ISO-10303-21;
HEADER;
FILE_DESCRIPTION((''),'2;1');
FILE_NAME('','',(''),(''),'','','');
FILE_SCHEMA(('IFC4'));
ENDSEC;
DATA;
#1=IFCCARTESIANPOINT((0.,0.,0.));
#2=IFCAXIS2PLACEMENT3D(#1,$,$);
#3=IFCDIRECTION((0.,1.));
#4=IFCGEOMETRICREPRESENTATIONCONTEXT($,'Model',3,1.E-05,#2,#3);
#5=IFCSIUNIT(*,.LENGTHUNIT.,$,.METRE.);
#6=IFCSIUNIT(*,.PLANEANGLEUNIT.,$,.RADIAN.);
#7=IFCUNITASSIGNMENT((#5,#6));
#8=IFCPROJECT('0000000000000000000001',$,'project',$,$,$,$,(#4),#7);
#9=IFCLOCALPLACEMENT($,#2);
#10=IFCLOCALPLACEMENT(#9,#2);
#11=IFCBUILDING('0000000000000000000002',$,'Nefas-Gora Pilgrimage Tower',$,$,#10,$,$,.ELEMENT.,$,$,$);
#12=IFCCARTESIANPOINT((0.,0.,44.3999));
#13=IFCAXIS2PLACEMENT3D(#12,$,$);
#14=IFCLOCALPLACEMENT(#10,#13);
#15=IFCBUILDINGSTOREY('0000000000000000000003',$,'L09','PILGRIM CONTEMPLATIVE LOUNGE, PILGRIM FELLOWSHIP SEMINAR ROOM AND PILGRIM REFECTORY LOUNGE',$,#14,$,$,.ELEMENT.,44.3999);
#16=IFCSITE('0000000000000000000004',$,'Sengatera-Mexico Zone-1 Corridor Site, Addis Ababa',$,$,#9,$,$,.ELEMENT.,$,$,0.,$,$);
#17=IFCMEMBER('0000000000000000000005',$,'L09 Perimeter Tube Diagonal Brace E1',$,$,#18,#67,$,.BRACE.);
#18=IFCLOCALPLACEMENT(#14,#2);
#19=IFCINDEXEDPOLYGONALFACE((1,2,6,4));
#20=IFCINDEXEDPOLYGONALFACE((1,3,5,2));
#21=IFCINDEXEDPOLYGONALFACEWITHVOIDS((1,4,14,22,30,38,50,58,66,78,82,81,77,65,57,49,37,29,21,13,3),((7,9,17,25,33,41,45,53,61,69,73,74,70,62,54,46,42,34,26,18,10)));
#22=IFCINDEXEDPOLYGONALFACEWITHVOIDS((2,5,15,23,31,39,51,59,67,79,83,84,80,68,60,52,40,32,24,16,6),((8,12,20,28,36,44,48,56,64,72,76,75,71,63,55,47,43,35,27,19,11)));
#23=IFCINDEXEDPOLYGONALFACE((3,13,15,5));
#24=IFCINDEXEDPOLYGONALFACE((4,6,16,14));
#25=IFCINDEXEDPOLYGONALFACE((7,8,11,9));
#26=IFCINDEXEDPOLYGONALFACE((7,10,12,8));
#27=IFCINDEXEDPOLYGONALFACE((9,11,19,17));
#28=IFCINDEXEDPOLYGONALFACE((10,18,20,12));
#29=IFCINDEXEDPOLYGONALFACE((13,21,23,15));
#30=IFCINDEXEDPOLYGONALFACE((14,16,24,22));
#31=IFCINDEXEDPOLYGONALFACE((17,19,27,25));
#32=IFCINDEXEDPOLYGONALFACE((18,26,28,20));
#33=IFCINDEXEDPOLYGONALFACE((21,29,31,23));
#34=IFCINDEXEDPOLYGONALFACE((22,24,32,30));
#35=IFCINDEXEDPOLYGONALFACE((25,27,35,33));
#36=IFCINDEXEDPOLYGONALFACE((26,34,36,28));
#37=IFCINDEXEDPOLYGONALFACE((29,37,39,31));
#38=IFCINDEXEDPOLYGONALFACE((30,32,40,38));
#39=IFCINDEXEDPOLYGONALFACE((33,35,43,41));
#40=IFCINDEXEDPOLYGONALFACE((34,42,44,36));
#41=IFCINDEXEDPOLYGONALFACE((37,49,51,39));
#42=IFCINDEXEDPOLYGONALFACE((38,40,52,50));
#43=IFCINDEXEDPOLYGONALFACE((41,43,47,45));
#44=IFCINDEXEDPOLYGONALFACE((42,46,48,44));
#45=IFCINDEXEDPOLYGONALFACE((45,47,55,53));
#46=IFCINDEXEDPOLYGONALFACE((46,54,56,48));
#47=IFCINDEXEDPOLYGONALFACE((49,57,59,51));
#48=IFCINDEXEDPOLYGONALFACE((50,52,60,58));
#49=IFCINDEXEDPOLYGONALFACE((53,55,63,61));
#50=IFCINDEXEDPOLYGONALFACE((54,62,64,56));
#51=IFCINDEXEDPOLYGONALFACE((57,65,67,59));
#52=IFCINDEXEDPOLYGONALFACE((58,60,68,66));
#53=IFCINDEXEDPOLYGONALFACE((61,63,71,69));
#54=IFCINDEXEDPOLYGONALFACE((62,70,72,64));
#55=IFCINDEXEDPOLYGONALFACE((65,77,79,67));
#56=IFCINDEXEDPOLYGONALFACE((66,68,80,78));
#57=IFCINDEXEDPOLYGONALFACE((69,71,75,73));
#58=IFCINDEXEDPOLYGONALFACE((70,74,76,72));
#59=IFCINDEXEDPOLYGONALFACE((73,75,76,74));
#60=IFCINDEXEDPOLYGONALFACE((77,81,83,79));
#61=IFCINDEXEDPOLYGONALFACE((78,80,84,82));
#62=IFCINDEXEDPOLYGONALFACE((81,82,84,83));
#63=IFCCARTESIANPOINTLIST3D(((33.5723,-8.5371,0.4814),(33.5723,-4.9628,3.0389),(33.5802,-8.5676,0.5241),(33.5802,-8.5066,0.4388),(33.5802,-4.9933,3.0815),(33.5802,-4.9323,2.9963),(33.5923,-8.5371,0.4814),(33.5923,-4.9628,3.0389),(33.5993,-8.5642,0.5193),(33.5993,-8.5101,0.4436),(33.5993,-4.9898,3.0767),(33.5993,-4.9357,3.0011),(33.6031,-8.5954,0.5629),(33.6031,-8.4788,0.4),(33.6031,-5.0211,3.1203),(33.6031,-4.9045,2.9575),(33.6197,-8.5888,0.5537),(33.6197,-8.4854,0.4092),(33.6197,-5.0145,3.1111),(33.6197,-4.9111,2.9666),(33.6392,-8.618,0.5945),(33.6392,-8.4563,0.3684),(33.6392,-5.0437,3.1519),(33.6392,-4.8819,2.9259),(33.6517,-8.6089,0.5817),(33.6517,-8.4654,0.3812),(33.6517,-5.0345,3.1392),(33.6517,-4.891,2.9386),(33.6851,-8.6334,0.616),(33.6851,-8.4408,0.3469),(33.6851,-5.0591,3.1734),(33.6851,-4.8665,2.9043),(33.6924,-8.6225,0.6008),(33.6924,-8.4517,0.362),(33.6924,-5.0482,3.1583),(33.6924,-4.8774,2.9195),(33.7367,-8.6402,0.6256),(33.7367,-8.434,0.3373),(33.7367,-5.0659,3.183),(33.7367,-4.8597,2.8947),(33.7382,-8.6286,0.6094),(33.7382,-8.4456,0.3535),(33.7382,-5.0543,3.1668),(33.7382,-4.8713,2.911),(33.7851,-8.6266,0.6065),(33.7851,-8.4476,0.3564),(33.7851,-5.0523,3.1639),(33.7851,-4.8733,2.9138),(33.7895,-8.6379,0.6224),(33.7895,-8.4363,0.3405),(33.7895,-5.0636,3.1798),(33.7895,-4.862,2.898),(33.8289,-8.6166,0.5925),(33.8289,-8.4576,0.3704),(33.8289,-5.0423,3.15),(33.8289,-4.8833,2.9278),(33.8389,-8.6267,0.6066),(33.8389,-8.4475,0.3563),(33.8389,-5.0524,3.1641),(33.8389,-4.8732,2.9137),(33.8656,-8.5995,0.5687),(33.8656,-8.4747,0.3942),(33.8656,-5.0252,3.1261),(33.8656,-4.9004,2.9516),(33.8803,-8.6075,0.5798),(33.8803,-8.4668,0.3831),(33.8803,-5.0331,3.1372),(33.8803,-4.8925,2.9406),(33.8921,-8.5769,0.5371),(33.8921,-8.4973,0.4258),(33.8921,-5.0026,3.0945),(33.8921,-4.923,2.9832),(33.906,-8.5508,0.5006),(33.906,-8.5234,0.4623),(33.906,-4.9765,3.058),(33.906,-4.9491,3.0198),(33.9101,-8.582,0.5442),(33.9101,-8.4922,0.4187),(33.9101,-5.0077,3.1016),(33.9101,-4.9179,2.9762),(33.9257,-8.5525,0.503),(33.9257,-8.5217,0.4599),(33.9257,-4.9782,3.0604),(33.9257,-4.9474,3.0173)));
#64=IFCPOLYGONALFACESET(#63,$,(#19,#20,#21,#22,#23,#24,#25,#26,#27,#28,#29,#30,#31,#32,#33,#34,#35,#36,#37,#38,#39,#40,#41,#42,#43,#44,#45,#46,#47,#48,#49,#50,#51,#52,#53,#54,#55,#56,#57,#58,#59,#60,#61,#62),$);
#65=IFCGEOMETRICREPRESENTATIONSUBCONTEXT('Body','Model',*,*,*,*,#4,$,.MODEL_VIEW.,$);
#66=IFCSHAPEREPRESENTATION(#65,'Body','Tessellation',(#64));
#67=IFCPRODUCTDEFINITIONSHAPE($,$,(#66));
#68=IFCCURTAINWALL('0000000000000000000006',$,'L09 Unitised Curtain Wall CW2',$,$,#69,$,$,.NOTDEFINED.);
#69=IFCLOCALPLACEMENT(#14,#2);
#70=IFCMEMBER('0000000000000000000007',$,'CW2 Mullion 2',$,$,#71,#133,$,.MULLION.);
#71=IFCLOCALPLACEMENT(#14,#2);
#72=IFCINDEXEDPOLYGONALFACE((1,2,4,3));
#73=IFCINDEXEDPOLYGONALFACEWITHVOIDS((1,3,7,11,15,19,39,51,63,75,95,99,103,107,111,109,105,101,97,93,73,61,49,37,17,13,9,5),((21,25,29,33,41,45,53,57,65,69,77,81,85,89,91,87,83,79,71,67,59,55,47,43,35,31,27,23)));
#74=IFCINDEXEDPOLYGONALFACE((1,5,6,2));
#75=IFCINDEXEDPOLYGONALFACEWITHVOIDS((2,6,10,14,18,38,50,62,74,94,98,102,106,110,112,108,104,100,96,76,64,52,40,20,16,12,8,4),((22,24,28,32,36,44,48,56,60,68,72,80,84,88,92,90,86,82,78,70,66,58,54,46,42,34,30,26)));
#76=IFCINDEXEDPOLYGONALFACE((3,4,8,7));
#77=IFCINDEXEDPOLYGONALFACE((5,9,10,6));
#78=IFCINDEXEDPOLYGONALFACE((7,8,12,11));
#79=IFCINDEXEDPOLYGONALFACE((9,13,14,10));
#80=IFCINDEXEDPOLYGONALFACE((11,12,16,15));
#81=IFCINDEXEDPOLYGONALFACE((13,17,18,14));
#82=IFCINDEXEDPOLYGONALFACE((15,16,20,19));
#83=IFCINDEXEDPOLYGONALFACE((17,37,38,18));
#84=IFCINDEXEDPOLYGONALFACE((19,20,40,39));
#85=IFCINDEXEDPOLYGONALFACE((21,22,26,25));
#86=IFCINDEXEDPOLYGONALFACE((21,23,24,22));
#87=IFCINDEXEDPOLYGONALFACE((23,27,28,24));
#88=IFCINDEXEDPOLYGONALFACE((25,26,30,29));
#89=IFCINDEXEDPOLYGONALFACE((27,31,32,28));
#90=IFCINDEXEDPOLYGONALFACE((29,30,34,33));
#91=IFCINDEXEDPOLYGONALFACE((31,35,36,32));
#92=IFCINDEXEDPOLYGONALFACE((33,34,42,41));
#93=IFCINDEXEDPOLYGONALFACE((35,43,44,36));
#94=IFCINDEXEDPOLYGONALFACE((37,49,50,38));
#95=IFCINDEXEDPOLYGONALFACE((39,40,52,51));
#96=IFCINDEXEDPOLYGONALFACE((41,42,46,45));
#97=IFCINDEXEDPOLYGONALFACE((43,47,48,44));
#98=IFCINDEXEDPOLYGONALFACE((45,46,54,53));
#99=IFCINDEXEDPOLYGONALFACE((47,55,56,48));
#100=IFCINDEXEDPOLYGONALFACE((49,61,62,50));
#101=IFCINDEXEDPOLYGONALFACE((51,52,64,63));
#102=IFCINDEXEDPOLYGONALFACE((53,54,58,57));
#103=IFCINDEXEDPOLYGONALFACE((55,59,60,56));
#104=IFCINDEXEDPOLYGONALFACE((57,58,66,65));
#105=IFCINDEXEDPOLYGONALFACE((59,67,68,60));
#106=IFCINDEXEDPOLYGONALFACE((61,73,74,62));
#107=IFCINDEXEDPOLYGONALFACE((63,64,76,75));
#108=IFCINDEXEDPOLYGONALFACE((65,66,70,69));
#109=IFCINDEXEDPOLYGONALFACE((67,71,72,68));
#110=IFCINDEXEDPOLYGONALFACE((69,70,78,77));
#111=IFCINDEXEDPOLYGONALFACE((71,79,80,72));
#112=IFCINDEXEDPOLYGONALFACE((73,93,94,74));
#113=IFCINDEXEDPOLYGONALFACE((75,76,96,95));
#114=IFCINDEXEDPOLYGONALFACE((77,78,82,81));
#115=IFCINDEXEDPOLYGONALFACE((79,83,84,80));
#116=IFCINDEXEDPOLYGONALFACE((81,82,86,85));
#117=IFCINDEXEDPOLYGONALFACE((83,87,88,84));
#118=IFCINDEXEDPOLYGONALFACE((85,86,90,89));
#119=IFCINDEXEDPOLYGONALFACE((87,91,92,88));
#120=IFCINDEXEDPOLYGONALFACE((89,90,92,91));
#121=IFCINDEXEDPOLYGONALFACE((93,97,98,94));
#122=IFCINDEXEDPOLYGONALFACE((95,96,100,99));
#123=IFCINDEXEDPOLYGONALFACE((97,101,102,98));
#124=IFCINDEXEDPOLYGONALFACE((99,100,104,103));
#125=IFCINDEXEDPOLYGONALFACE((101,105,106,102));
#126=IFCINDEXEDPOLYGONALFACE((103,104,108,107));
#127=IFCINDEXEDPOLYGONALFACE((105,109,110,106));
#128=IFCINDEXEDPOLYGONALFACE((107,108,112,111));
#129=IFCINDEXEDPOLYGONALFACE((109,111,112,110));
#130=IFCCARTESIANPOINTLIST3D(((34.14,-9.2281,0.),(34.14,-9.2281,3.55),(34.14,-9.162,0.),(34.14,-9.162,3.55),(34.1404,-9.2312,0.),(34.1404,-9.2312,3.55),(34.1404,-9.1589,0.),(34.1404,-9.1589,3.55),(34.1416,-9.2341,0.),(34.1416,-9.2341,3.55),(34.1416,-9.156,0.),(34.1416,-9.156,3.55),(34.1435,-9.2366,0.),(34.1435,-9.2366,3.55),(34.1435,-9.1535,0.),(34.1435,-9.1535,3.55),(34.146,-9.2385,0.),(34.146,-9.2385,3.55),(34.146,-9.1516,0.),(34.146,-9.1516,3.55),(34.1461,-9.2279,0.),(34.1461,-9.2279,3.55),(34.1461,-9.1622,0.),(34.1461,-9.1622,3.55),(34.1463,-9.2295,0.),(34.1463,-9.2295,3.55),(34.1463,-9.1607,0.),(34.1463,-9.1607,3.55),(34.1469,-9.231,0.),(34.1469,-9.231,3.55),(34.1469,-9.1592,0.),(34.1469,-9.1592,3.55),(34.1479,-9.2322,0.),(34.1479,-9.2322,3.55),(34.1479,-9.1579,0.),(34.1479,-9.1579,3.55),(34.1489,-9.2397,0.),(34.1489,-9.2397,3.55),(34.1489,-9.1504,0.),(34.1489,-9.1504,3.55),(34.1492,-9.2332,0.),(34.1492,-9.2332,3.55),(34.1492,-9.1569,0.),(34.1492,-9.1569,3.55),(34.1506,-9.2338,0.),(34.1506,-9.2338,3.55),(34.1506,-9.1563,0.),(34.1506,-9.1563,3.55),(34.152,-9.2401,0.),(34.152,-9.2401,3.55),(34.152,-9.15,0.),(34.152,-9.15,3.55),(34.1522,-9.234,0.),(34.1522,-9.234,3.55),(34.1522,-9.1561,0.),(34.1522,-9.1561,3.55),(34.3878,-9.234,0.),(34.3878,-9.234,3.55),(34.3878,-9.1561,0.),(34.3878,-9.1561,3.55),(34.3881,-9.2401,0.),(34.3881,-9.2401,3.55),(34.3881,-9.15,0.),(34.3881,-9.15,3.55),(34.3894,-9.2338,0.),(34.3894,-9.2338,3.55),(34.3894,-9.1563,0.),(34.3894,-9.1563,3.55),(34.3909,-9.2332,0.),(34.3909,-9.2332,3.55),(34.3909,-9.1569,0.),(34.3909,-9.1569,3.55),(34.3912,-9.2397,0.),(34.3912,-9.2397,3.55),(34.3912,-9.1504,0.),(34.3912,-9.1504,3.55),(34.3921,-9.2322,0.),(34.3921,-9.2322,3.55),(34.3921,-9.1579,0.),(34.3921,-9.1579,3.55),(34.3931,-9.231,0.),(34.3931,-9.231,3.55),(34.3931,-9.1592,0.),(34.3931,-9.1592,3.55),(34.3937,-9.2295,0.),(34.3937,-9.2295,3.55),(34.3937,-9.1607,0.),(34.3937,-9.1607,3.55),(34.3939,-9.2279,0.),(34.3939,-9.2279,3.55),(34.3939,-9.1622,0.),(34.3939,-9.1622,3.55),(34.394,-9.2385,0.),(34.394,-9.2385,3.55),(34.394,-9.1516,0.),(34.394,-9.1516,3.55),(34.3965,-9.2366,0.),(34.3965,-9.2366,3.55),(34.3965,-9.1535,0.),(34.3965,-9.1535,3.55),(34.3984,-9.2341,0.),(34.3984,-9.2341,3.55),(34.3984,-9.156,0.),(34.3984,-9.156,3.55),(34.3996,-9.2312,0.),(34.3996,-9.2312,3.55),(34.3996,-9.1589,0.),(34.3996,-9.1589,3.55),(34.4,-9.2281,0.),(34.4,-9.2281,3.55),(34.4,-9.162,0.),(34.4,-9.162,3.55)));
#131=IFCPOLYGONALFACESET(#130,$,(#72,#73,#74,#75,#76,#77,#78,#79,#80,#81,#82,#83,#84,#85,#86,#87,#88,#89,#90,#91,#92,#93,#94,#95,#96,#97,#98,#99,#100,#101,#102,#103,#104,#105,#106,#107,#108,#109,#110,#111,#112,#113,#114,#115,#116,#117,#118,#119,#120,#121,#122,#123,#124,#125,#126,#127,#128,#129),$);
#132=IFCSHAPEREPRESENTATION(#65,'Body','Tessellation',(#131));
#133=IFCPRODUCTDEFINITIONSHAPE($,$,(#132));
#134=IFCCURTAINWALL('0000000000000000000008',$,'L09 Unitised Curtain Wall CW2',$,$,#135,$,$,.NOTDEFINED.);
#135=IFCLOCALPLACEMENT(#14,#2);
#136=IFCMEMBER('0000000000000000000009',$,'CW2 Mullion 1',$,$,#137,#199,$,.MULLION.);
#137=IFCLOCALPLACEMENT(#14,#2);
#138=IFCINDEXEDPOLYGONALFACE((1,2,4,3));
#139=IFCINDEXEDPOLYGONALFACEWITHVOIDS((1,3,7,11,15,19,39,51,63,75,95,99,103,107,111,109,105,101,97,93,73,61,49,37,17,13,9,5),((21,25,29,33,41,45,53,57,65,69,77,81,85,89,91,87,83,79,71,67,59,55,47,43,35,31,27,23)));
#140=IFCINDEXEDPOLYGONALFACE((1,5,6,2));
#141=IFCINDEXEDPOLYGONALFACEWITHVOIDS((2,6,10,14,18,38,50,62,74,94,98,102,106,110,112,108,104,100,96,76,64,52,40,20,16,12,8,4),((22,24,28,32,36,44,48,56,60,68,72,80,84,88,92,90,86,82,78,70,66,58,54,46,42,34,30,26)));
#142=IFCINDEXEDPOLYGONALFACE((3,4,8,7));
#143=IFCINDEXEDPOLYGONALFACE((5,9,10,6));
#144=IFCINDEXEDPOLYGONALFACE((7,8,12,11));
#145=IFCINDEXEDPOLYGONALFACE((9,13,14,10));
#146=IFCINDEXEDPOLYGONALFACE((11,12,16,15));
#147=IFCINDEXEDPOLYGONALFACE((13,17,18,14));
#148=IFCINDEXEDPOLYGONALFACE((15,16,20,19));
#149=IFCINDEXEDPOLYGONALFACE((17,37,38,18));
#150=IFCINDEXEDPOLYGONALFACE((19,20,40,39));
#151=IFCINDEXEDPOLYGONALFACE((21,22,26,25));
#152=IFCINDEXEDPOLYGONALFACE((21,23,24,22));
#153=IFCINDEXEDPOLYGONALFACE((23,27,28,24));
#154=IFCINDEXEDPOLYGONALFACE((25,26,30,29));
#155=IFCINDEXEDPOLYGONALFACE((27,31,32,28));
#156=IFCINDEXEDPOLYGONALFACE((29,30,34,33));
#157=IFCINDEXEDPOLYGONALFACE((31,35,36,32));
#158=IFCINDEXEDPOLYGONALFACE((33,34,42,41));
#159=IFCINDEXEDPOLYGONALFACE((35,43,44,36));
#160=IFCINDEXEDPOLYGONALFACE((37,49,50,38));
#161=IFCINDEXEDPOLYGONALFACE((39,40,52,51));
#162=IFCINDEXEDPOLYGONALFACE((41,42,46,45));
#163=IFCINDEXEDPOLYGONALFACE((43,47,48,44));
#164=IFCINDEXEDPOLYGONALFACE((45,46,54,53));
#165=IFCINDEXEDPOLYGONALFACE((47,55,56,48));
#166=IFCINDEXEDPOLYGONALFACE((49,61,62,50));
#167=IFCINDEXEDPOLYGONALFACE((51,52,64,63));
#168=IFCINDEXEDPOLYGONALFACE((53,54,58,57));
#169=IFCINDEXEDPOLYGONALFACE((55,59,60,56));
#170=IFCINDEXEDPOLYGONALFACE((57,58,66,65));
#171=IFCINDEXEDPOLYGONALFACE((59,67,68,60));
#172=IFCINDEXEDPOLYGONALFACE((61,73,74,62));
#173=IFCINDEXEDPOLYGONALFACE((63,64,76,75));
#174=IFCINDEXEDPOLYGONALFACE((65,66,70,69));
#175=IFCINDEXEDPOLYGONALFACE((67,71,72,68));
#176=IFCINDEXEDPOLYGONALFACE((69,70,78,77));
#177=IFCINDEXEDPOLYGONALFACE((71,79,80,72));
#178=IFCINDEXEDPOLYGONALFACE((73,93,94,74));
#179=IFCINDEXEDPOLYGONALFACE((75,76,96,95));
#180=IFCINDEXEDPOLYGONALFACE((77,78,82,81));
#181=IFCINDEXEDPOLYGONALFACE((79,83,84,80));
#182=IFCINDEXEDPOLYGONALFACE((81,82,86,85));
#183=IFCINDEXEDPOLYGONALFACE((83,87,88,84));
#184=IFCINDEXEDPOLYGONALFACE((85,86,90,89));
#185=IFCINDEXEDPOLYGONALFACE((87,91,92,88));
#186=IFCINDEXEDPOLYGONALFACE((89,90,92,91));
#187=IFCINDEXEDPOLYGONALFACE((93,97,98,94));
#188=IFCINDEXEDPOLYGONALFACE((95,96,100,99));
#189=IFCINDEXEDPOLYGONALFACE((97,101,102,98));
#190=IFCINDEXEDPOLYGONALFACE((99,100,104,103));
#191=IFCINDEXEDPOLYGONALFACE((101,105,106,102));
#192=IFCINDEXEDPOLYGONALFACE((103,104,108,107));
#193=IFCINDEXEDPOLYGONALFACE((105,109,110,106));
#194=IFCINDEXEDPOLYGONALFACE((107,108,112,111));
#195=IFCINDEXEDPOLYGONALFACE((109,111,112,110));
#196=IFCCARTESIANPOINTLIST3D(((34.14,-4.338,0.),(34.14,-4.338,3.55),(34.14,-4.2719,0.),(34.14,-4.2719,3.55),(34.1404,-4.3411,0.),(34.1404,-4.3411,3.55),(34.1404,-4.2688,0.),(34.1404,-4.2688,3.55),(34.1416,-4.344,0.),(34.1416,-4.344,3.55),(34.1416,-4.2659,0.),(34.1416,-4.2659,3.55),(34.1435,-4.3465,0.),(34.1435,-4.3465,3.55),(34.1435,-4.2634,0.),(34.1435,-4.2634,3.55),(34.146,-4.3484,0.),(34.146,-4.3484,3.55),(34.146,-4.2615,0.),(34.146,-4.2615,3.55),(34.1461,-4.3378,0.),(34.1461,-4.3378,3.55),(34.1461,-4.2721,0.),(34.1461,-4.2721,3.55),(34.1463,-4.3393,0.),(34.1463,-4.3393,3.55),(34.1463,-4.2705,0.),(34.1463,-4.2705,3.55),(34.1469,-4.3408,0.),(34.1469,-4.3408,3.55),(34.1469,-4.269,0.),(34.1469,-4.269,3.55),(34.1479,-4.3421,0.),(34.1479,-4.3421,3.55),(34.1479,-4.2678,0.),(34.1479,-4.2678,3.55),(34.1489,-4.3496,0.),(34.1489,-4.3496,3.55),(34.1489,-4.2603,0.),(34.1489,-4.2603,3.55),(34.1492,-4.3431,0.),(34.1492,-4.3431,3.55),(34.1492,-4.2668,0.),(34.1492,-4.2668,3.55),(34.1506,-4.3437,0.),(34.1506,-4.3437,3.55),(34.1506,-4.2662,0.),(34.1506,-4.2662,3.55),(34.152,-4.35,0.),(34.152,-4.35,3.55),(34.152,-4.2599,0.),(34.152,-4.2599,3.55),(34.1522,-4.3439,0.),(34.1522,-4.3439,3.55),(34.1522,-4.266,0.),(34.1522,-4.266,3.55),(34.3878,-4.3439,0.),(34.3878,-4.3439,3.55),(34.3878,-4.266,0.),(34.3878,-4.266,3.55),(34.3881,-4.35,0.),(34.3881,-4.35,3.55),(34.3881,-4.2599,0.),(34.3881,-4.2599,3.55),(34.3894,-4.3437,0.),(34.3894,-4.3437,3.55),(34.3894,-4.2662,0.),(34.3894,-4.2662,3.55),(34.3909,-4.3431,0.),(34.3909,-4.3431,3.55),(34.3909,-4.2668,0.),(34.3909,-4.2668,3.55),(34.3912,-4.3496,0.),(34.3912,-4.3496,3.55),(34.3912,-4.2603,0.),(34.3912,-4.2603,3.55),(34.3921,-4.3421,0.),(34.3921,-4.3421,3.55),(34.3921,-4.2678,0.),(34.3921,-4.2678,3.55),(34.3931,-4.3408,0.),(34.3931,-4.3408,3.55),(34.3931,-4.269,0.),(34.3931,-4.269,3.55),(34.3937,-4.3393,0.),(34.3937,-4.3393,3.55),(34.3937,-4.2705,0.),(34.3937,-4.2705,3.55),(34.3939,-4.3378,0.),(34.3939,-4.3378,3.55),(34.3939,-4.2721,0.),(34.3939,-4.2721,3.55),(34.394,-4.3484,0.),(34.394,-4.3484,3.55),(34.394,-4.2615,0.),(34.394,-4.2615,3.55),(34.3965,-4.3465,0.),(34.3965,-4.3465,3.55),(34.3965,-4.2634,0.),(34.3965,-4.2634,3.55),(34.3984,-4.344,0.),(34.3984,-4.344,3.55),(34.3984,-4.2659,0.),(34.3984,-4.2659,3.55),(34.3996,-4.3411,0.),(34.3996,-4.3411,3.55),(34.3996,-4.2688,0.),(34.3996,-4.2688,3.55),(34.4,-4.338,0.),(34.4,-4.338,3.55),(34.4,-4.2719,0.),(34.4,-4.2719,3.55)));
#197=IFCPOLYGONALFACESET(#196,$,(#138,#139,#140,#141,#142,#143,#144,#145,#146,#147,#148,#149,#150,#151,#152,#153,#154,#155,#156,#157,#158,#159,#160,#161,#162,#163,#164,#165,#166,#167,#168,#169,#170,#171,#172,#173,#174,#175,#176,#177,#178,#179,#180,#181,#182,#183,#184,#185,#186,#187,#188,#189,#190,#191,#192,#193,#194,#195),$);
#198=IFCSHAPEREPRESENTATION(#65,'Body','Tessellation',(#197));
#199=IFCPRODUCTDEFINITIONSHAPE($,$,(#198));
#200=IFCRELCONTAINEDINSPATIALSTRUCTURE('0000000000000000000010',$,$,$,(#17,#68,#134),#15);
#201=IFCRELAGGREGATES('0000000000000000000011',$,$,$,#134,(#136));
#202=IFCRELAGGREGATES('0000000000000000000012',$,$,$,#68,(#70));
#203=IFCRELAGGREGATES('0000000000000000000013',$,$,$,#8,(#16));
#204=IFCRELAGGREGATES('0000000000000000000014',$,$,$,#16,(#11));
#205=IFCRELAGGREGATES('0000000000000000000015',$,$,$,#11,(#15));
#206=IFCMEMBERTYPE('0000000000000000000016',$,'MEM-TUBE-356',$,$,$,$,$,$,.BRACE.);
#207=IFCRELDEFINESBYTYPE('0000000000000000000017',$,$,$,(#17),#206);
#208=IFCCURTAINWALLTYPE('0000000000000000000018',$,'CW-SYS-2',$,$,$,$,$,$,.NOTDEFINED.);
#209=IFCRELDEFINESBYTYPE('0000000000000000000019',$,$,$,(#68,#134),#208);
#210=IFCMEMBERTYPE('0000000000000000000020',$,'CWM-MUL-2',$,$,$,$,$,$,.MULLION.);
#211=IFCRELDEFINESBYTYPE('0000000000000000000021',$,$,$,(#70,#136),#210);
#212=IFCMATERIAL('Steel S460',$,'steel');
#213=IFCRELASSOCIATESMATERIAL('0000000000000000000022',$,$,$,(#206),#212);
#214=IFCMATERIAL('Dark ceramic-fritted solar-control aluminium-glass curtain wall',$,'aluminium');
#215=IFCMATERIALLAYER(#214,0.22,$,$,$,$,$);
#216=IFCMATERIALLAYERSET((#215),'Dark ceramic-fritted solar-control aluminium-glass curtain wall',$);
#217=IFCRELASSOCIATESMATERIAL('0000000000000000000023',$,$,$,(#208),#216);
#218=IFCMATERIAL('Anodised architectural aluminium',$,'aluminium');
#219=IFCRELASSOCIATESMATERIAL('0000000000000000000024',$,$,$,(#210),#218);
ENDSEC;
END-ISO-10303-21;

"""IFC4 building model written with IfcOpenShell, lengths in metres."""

from ifc_helpers import new_model, si_unit, direction, frame, origin, origin_2d, place, context, subcontext, project, spatial, hollow_rectangle, hollow_circle, extrude, source, transform, mapped, material, layer, layer_set, material_profile, profile_set, type_object, element, aggregate, save


model = new_model("IFC4")

# Units and contexts
model_context = context("Model", 3, precision=1e-05, world=origin(), true_north=direction((0.0, 1.0)))
body_context = subcontext(model_context, "Body", "Model", "MODEL_VIEW")
ifc_project = project(units=[si_unit("LENGTHUNIT", "METRE"), si_unit("PLANEANGLEUNIT", "RADIAN")], contexts=[model_context])

# Site, building, storey
site_placement = place(None, origin())
site = spatial("IfcSite", under=ifc_project, at=site_placement, Name="Sengatera-Mexico Zone-1 Corridor Site, Addis Ababa", CompositionType="ELEMENT", RefElevation=0.0)
building_placement = place(site_placement, origin())
building = spatial("IfcBuilding", under=site, at=building_placement, Name="Nefas-Gora Pilgrimage Tower", CompositionType="ELEMENT")
storey_placement = place(building_placement, frame((0.0, 0.0, 44.3999)))
storey = spatial("IfcBuildingStorey", under=building, at=storey_placement, Name="L09", Description="PILGRIM CONTEMPLATIVE LOUNGE, PILGRIM FELLOWSHIP SEMINAR ROOM AND PILGRIM REFECTORY LOUNGE", CompositionType="ELEMENT", Elevation=44.3999)

# Shared definitions
ifc_material_1 = material(Name="Steel S460", Category="steel")

# Member
ifc_material_profile_1 = material_profile(ifc_material_1, hollow_circle(Radius=0.1777, WallThickness=0.02, at=origin_2d()), Name="CHS 355.6x20")
ifc_profile_set_1 = profile_set([ifc_material_profile_1], Name="Steel S460")
member_type_1 = type_object("IfcMemberType", Name="MEM-TUBE-356", PredefinedType="BRACE", material=ifc_profile_set_1)
shared_shape_1 = source(origin(), body_context, "Body", "SweptSolid", [
    extrude(hollow_circle(Radius=0.1777, WallThickness=0.02, at=origin_2d()), origin(), (0.0, 0.0, 1.0), 4.395),
])
member_1_placement = place(storey_placement, frame((33.75, -8.5371, 0.4814), z_axis=(0.0, 0.813264, 0.581895), x_axis=(-1.0, 0.0, 0.0)))
element("IfcMember", 1, at=member_1_placement, inside=storey, type_object=member_type_1, Name="L09 Perimeter Tube Diagonal Brace E1", PredefinedType="BRACE", context=body_context, shape_type="MappedRepresentation", body=[
    mapped(shared_shape_1, transform((0.0, 0.0, 0.0), x_axis=(1.0, 0.0, 0.0), y_axis=(0.0, 1.0, 0.0), z_axis=(0.0, 0.0, 1.0), scale=1.0)),
])

# Curtain wall, member
ifc_material_2 = material(Name="Dark ceramic-fritted solar-control aluminium-glass curtain wall", Category="aluminium")
ifc_layer_1 = layer(ifc_material_2, 0.22)
ifc_layer_set_1 = layer_set([ifc_layer_1], Name="Dark ceramic-fritted solar-control aluminium-glass curtain wall")
curtain_wall_type = type_object("IfcCurtainWallType", Name="CW-SYS-2", PredefinedType="NOTDEFINED", material=ifc_layer_set_1)
curtain_wall_1_placement = place(storey_placement, origin())
curtain_wall_1 = element("IfcCurtainWall", 2, at=curtain_wall_1_placement, inside=storey, type_object=curtain_wall_type, Name="L09 Unitised Curtain Wall CW2", PredefinedType="NOTDEFINED")
ifc_material_3 = material(Name="Anodised architectural aluminium", Category="aluminium")
ifc_material_profile_2 = material_profile(ifc_material_3, hollow_rectangle(XDim=0.0901, YDim=0.26, WallThickness=0.0061, InnerFilletRadius=0.0061, OuterFilletRadius=0.012, at=origin_2d()), Name="ALU MULLION 90x260")
ifc_profile_set_2 = profile_set([ifc_material_profile_2], Name="Anodised architectural aluminium")
member_type_2 = type_object("IfcMemberType", Name="CWM-MUL-2", PredefinedType="MULLION", material=ifc_profile_set_2)
shared_shape_2 = source(origin(), body_context, "Body", "SweptSolid", [
    extrude(hollow_rectangle(XDim=0.0901, YDim=0.26, WallThickness=0.0061, InnerFilletRadius=0.0061, OuterFilletRadius=0.012, at=origin_2d()), origin(), (0.0, 0.0, 1.0), 3.55),
])
member_2_placement = place(storey_placement, frame((34.27, -9.1951, 0.0), z_axis=(0.0, 0.0, 1.0), x_axis=(0.0, 1.0, 0.0)))
member_2 = element("IfcMember", 3, at=member_2_placement, type_object=member_type_2, Name="CW2 Mullion 2", PredefinedType="MULLION", context=body_context, shape_type="MappedRepresentation", body=[
    mapped(shared_shape_2, transform((0.0, 0.0, 0.0), x_axis=(1.0, 0.0, 0.0), y_axis=(0.0, 1.0, 0.0), z_axis=(0.0, 0.0, 1.0), scale=1.0)),
])

# Curtain wall, member
curtain_wall_2_placement = place(storey_placement, origin())
curtain_wall_2 = element("IfcCurtainWall", 4, at=curtain_wall_2_placement, inside=storey, type_object=curtain_wall_type, Name="L09 Unitised Curtain Wall CW2", PredefinedType="NOTDEFINED")
member_3_placement = place(storey_placement, frame((34.27, -4.3049, 0.0), z_axis=(0.0, 0.0, 1.0), x_axis=(0.0, 1.0, 0.0)))
member_3 = element("IfcMember", 5, at=member_3_placement, type_object=member_type_2, Name="CW2 Mullion 1", PredefinedType="MULLION", context=body_context, shape_type="MappedRepresentation", body=[
    mapped(shared_shape_2, transform((0.0, 0.0, 0.0), x_axis=(1.0, 0.0, 0.0), y_axis=(0.0, 1.0, 0.0), z_axis=(0.0, 0.0, 1.0), scale=1.0)),
])
aggregate(curtain_wall_2, [member_3])

aggregate(curtain_wall_1, [member_2])

save(model, "model.ifc")
